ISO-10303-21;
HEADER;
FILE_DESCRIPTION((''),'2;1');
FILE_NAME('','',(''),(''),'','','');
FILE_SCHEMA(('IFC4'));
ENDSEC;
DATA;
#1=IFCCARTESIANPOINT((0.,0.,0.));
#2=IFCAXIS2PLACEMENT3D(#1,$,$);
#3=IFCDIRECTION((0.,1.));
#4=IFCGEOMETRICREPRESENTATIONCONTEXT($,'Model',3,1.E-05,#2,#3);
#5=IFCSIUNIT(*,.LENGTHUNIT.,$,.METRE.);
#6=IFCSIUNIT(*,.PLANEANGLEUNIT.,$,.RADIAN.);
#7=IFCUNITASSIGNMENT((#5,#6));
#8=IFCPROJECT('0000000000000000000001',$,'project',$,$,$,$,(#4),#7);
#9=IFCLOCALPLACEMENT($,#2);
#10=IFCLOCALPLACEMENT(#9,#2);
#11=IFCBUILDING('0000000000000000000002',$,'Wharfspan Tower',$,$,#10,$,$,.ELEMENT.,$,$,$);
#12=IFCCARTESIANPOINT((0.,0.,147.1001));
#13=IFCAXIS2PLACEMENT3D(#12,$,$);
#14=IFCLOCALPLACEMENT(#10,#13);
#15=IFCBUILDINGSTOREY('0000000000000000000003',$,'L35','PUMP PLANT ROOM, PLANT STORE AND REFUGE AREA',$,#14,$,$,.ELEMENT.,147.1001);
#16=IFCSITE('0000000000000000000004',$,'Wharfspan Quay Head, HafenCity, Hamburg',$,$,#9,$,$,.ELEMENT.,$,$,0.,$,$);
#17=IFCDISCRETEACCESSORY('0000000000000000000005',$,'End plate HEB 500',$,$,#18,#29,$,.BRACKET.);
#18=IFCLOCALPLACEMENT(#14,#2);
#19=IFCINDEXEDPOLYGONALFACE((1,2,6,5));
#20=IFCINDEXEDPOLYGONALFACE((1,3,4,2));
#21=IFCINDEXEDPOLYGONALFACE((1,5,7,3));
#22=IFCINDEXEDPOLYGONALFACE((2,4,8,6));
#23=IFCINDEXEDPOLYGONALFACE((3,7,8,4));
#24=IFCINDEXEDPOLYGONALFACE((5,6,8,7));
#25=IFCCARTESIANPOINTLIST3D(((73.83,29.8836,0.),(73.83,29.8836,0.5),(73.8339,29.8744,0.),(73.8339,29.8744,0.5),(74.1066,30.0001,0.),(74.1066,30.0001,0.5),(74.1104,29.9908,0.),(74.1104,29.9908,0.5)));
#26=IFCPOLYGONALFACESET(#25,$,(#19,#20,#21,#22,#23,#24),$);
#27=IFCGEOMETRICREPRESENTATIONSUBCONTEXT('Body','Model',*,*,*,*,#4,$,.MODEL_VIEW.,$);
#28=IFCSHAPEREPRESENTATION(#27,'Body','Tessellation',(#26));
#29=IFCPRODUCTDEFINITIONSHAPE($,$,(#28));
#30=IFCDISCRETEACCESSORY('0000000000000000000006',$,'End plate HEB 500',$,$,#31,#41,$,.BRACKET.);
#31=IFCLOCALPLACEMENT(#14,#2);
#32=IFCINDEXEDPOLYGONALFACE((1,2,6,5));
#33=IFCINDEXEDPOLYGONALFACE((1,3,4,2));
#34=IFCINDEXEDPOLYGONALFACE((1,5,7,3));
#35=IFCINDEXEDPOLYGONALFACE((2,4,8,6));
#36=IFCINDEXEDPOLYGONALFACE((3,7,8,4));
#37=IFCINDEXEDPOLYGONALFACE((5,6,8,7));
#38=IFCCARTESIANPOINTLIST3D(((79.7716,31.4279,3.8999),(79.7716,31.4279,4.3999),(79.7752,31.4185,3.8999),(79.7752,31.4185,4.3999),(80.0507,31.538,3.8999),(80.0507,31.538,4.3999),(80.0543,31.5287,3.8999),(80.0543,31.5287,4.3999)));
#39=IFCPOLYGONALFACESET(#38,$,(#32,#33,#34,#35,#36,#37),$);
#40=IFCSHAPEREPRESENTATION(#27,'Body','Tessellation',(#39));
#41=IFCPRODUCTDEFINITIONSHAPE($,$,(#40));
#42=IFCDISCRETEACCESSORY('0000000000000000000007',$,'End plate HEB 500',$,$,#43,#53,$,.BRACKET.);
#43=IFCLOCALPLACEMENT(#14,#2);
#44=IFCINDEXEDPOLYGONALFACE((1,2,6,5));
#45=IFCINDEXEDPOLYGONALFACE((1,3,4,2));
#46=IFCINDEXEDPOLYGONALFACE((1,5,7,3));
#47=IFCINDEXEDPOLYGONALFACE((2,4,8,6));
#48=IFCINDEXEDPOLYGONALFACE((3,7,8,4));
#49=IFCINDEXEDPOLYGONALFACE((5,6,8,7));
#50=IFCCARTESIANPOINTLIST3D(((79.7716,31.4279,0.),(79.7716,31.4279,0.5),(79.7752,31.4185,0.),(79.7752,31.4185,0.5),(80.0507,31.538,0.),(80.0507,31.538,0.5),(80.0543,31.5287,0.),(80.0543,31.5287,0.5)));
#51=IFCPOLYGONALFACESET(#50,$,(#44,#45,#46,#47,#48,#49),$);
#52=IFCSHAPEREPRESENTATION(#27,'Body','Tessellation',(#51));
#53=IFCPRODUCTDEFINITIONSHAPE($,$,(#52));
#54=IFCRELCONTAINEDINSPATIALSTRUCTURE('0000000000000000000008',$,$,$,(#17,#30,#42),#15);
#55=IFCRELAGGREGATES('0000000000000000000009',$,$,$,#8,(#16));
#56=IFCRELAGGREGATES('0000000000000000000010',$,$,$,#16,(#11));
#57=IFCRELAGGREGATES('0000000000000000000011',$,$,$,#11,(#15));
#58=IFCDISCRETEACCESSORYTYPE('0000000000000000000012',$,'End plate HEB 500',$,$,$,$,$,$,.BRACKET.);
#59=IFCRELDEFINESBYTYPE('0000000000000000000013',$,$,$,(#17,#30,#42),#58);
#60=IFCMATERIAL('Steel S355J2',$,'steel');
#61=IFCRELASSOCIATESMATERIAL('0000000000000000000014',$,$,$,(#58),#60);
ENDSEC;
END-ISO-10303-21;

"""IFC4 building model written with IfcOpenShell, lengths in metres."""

from ifc_helpers import new_model, si_unit, direction, frame, origin, origin_2d, place, context, subcontext, project, spatial, rectangle, extrude, material, material_profile, profile_set, type_object, element, save


model = new_model("IFC4")

# Units and contexts
model_context = context("Model", 3, precision=1e-05, world=origin(), true_north=direction((0.0, 1.0)))
body_context = subcontext(model_context, "Body", "Model", "MODEL_VIEW")
ifc_project = project(units=[si_unit("LENGTHUNIT", "METRE"), si_unit("PLANEANGLEUNIT", "RADIAN")], contexts=[model_context])

# Site, building, storey
site_placement = place(None, origin())
site = spatial("IfcSite", under=ifc_project, at=site_placement, Name="Wharfspan Quay Head, HafenCity, Hamburg", CompositionType="ELEMENT", RefElevation=0.0)
building_placement = place(site_placement, origin())
building = spatial("IfcBuilding", under=site, at=building_placement, Name="Wharfspan Tower", CompositionType="ELEMENT")
storey_placement = place(building_placement, frame((0.0, 0.0, 147.1001)))
storey = spatial("IfcBuildingStorey", under=building, at=storey_placement, Name="L35", Description="PUMP PLANT ROOM, PLANT STORE AND REFUGE AREA", CompositionType="ELEMENT", Elevation=147.1001)

# Shared definitions
ifc_material_1 = material(Name="Steel S355J2", Category="steel")

# Discrete accessories
ifc_material_profile_1 = material_profile(ifc_material_1, rectangle(XDim=0.3, YDim=0.5, at=origin_2d()))
ifc_profile_set_1 = profile_set([ifc_material_profile_1], Name="Steel S355J2")
discrete_accessory_type_1 = type_object("IfcDiscreteAccessoryType", Name="End plate HEB 500", PredefinedType="BRACKET", material=ifc_profile_set_1)
for number, where, z_axis, x_axis, name in (
    (1, (73.9722, 29.9326, 0.25), (-0.388057, 0.921635, 0.0), (-0.921635, -0.388057, 0.0), "End plate HEB 500"),
    (2, (79.9148, 31.4736, 4.1499), (-0.367167, 0.930155, 0.0), (-0.930155, -0.367167, 0.0), "End plate HEB 500"),
    (3, (79.9148, 31.4736, 0.25), (-0.367167, 0.930155, 0.0), (-0.930155, -0.367167, 0.0), "End plate HEB 500"),
):
    element("IfcDiscreteAccessory", number, at=place(storey_placement, frame(where, z_axis=z_axis, x_axis=x_axis)), inside=storey, type_object=discrete_accessory_type_1, Name=name, PredefinedType="BRACKET", context=body_context, shape_type="SweptSolid", body=[
        extrude(rectangle(XDim=0.3, YDim=0.5, at=origin_2d()), origin(), (0.0, 0.0, 1.0), 0.01),
    ])

save(model, "model.ifc")
